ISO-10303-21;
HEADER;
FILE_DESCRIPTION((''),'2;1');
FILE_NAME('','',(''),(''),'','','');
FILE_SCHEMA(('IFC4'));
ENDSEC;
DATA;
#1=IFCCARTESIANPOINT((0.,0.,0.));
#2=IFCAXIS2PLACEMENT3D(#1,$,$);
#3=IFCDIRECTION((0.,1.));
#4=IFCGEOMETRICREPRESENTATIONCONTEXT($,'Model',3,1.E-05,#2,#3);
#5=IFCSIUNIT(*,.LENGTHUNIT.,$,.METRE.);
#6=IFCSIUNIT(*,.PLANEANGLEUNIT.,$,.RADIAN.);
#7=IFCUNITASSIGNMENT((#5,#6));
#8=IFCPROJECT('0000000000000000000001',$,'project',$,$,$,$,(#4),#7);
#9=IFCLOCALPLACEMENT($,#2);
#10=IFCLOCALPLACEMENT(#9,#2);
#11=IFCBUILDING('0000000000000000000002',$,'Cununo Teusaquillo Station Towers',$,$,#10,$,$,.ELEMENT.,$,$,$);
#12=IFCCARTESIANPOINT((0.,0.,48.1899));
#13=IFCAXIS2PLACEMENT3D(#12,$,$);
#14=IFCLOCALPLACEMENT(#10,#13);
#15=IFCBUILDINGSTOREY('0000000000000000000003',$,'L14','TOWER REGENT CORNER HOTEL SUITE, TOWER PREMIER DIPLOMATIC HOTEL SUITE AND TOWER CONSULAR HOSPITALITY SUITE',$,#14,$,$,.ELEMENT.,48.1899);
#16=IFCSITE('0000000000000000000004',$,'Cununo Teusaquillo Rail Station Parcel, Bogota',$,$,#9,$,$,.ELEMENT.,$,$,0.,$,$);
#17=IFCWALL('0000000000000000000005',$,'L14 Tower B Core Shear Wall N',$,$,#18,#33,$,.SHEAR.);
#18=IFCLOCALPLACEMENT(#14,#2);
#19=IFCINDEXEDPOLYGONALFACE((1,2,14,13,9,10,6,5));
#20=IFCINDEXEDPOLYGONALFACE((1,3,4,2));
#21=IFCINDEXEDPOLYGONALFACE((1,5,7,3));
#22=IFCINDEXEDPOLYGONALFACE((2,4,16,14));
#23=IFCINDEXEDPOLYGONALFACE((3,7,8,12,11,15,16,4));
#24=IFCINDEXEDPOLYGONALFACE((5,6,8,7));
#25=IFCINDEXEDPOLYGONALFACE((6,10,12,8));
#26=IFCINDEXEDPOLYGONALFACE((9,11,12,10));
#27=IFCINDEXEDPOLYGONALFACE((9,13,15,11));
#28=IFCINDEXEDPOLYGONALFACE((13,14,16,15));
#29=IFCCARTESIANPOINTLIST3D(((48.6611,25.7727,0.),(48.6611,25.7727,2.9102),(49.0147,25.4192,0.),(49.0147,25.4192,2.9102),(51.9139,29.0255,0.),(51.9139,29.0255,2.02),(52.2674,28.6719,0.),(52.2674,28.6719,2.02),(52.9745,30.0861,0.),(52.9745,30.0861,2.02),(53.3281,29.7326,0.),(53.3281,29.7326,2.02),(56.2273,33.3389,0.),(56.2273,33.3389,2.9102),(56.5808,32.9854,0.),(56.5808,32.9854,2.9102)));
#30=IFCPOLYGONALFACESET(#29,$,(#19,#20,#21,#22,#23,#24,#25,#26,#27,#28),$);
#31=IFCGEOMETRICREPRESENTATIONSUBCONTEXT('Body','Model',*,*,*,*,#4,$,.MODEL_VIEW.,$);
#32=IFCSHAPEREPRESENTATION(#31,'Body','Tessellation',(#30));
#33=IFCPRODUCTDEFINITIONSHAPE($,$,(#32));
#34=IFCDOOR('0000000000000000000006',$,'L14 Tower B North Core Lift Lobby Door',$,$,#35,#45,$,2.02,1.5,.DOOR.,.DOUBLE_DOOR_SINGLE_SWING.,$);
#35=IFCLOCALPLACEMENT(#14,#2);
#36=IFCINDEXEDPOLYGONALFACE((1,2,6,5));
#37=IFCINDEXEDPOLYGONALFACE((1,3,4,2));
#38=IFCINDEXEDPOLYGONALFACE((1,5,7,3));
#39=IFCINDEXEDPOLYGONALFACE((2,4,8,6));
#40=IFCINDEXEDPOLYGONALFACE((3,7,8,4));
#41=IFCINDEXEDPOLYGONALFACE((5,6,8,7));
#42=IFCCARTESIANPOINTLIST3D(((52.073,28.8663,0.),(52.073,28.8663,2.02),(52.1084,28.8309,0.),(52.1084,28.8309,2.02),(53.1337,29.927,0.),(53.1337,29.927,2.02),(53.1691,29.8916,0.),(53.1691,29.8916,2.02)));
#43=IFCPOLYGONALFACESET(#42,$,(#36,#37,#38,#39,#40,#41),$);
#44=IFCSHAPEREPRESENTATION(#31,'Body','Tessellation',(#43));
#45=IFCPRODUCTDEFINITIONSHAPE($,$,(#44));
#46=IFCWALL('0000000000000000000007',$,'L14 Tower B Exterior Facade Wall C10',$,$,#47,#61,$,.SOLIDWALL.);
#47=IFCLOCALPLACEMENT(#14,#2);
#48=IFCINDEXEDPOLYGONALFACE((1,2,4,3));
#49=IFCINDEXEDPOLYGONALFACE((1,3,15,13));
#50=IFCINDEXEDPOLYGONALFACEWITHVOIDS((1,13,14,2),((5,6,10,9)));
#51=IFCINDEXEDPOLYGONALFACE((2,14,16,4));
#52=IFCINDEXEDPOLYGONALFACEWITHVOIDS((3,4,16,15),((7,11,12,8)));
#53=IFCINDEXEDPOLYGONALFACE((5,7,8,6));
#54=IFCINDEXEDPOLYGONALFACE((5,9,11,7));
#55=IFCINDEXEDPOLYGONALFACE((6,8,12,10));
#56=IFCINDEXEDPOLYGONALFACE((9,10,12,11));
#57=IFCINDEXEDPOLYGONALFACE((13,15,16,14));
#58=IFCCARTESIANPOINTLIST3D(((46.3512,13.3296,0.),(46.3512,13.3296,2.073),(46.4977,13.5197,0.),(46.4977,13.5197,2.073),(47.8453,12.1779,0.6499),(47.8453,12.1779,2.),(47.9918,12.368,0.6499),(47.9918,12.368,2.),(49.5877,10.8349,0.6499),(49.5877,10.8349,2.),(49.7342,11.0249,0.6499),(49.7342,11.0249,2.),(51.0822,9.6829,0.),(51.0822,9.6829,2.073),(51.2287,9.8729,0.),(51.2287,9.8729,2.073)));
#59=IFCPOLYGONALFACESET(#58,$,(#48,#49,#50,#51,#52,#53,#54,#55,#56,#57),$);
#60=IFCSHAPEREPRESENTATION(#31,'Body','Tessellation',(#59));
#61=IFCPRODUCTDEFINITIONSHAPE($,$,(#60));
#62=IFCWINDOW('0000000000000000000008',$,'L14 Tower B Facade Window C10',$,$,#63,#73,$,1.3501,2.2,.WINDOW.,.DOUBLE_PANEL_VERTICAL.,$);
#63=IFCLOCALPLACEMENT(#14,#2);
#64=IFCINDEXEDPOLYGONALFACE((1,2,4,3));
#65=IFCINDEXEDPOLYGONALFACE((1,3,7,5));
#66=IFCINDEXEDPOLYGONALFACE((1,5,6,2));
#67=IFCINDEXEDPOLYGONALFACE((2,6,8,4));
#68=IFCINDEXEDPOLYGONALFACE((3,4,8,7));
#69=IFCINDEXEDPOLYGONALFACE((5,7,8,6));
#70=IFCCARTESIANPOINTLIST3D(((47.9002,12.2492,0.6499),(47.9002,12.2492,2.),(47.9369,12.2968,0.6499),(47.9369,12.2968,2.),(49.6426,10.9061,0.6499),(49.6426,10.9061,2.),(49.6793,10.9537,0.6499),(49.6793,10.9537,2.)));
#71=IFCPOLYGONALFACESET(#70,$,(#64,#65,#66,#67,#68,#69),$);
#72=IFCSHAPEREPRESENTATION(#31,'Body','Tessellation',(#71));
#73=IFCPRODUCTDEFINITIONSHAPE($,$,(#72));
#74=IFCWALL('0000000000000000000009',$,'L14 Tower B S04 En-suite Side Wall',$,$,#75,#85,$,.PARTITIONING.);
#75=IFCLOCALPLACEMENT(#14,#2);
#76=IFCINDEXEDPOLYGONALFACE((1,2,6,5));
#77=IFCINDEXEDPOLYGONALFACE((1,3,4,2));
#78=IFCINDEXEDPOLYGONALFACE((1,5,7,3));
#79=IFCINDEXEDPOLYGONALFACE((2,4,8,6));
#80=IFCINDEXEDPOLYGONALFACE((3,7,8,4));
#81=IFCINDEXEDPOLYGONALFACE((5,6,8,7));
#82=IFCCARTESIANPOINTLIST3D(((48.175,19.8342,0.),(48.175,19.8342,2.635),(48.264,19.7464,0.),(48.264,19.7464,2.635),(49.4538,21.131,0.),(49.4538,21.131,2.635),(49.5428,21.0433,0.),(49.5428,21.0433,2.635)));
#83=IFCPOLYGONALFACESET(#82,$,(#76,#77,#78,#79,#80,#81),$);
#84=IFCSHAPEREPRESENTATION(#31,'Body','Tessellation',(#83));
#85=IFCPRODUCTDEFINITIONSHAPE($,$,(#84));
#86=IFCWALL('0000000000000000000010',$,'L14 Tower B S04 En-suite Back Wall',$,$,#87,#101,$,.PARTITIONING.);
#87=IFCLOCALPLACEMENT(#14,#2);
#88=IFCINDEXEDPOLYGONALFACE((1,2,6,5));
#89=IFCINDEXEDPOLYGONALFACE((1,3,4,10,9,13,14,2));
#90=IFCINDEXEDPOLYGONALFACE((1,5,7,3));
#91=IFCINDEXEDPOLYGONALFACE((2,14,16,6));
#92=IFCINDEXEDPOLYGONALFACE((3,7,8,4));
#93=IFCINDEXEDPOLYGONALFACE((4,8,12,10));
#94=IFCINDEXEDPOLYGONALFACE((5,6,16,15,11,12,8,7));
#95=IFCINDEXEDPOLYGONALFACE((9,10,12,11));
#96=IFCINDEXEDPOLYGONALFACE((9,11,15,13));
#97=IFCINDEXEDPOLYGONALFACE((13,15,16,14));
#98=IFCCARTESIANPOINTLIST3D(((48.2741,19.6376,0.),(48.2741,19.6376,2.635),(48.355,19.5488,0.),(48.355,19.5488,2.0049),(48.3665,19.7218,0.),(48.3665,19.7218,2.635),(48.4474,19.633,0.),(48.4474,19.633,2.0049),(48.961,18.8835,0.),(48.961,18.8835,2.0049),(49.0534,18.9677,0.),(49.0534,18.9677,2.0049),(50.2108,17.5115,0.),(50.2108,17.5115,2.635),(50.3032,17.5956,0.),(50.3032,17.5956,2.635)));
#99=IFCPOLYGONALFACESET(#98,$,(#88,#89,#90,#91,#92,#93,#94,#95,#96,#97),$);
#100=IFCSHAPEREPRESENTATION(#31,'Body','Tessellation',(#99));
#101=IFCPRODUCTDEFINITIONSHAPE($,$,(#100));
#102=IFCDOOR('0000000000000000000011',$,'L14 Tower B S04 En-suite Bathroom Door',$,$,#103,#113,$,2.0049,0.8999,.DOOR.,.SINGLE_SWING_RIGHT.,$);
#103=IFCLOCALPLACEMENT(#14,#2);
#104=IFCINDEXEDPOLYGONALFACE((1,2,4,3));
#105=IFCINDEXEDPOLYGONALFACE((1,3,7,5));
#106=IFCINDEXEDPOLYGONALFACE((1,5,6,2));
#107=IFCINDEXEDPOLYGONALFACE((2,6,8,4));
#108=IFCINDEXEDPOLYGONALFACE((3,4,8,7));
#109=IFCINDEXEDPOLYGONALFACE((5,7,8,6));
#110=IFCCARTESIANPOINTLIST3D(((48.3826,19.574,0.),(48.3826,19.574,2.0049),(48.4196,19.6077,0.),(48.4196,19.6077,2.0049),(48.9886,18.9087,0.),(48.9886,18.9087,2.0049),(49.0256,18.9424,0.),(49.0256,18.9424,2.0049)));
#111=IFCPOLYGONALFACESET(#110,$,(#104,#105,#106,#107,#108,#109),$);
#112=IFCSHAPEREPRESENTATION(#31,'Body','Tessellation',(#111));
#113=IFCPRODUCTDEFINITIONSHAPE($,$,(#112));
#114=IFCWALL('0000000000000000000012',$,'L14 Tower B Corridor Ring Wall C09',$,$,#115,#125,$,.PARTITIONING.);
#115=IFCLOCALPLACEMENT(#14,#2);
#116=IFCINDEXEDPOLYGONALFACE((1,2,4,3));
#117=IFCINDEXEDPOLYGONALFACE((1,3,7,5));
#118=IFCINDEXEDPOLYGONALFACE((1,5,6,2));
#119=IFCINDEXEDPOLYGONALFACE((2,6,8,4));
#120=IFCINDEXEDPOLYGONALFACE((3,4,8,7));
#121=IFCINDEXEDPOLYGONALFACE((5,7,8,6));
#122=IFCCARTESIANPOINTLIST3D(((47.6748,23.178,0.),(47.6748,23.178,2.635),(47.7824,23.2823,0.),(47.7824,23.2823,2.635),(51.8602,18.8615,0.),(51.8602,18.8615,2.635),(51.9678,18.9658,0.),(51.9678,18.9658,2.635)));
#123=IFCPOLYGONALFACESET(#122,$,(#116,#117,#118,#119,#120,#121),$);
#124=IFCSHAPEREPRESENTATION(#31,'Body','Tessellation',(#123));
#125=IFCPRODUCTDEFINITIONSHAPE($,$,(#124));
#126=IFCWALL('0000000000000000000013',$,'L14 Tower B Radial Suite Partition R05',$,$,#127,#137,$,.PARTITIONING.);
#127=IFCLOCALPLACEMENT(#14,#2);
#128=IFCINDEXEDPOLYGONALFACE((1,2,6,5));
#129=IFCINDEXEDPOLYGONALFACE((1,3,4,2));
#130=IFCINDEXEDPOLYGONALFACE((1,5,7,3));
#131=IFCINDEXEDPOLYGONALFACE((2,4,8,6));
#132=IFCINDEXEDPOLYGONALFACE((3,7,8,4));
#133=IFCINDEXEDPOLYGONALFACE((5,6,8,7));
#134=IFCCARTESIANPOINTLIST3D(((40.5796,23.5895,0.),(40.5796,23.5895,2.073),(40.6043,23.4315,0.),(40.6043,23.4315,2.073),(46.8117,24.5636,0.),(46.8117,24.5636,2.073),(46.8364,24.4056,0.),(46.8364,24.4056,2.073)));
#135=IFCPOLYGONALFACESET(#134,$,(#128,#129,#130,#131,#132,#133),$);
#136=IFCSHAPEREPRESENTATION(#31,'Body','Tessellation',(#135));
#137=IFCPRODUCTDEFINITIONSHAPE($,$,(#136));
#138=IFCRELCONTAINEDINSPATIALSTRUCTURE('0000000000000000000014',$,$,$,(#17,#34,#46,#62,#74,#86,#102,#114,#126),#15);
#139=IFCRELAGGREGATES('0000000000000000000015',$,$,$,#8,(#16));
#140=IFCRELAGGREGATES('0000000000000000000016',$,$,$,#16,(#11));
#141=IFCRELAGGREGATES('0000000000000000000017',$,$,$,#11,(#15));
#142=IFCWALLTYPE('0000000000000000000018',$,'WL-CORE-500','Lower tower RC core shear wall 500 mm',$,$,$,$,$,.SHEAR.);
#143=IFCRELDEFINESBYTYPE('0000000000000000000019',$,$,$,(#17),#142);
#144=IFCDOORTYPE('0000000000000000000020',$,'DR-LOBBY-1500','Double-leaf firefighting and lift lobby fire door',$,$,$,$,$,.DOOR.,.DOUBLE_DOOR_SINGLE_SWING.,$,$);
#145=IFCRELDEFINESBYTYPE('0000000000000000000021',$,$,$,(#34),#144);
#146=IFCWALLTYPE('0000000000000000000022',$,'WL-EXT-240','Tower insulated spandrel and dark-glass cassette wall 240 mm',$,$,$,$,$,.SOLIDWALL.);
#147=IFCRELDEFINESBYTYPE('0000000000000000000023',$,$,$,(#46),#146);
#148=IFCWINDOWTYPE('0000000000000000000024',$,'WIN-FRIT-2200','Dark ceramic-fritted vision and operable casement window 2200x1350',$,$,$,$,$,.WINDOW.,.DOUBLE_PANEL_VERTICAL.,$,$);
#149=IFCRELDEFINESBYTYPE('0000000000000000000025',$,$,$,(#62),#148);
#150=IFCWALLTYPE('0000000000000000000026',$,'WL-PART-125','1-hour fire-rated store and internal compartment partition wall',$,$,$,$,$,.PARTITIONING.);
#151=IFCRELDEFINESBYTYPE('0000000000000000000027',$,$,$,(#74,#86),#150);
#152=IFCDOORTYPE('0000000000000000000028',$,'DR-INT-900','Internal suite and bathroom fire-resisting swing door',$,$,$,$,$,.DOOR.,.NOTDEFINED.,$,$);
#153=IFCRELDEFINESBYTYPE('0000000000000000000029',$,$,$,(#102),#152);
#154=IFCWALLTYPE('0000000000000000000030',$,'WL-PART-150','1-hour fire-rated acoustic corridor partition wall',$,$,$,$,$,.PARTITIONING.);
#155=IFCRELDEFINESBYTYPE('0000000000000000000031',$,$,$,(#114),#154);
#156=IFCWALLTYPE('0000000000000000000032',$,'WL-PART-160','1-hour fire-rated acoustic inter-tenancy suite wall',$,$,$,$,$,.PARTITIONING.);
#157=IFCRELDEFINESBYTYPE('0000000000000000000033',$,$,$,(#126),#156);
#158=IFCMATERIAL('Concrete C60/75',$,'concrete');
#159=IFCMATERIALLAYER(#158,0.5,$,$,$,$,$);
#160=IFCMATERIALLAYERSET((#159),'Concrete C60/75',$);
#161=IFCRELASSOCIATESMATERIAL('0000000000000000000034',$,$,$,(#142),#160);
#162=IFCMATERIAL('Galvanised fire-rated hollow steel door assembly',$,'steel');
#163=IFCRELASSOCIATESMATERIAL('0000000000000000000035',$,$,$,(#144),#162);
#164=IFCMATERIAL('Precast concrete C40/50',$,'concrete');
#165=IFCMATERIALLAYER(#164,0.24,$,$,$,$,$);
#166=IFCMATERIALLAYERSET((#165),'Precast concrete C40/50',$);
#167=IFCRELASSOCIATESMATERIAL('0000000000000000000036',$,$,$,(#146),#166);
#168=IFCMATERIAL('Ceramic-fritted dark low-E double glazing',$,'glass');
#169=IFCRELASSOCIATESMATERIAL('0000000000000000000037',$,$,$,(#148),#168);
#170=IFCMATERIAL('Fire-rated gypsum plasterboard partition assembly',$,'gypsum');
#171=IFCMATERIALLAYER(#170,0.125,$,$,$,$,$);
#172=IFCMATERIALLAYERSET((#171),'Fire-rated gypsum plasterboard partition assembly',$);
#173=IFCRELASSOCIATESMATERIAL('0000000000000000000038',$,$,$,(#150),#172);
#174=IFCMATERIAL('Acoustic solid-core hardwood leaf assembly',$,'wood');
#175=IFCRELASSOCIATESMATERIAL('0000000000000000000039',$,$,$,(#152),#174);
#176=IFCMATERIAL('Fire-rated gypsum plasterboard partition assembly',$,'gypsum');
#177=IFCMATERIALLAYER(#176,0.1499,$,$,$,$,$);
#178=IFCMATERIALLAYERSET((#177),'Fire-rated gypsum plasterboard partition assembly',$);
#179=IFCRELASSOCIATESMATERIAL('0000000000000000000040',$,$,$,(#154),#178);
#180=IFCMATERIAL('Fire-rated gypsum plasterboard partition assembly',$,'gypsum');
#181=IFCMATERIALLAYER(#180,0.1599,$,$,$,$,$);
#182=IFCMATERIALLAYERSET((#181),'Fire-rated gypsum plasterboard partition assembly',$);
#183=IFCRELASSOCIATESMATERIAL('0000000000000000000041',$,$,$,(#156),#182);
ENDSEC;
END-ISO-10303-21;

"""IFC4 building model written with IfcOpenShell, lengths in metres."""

from ifc_helpers import new_model, si_unit, direction, frame, frame_2d, origin, place, context, subcontext, project, spatial, rectangle, extrude, source, transform, mapped, material, layer, layer_set, type_object, element, fill, save


model = new_model("IFC4")

# Units and contexts
model_context = context("Model", 3, precision=1e-05, world=origin(), true_north=direction((0.0, 1.0)))
body_context = subcontext(model_context, "Body", "Model", "MODEL_VIEW")
ifc_project = project(units=[si_unit("LENGTHUNIT", "METRE"), si_unit("PLANEANGLEUNIT", "RADIAN")], contexts=[model_context])

# Site, building, storey
site_placement = place(None, origin())
site = spatial("IfcSite", under=ifc_project, at=site_placement, Name="Cununo Teusaquillo Rail Station Parcel, Bogota", CompositionType="ELEMENT", RefElevation=0.0)
building_placement = place(site_placement, origin())
building = spatial("IfcBuilding", under=site, at=building_placement, Name="Cununo Teusaquillo Station Towers", CompositionType="ELEMENT")
storey_placement = place(building_placement, frame((0.0, 0.0, 48.1899)))
storey = spatial("IfcBuildingStorey", under=building, at=storey_placement, Name="L14", Description="TOWER REGENT CORNER HOTEL SUITE, TOWER PREMIER DIPLOMATIC HOTEL SUITE AND TOWER CONSULAR HOSPITALITY SUITE", CompositionType="ELEMENT", Elevation=48.1899)

# Wall, opening, door
ifc_material_1 = material(Name="Concrete C60/75", Category="concrete")
ifc_layer_1 = layer(ifc_material_1, 0.5)
ifc_layer_set_1 = layer_set([ifc_layer_1], Name="Concrete C60/75")
wall_type_1 = type_object("IfcWallType", Name="WL-CORE-500", Description="Lower tower RC core shear wall 500 mm", PredefinedType="SHEAR", material=ifc_layer_set_1)
wall_1_placement = place(storey_placement, frame((48.8379, 25.5959, 0.0), z_axis=(0.0, 0.0, 1.0), x_axis=(0.707107, 0.707107, 0.0)))
wall_1 = element("IfcWall", 1, at=wall_1_placement, inside=storey, type_object=wall_type_1, Name="L14 Tower B Core Shear Wall N", PredefinedType="SHEAR", context=body_context, shape_type="SweptSolid", body=[
    extrude(rectangle(XDim=10.7002, YDim=0.5, at=frame_2d((5.3501, 0.0))), origin(), (0.0, 0.0, 1.0), 2.9102),
])
shared_shape_1 = source(origin(), body_context, "Body", "SweptSolid", [
    extrude(rectangle(XDim=1.5, YDim=2.02, at=frame_2d((0.75, 1.01))), frame((0.0, 0.26, 0.0), z_axis=(0.0, -1.0, 0.0), x_axis=(1.0, 0.0, 0.0)), (0.0, 0.0, 1.0), 0.52),
])
opening_1_placement = place(wall_1_placement, frame((4.6001, 0.0, 0.0)))
opening_1 = element("IfcOpeningElement", 2, at=opening_1_placement, cuts=wall_1, PredefinedType="OPENING", context=body_context, shape_type="MappedRepresentation", body=[
    mapped(shared_shape_1, transform((0.0, 0.0, 0.0), x_axis=(1.0, 0.0, 0.0), y_axis=(0.0, 1.0, 0.0), z_axis=(0.0, 0.0, 1.0), scale=1.0)),
])
ifc_material_2 = material(Name="Galvanised fire-rated hollow steel door assembly", Category="steel")
door_type_1 = type_object("IfcDoorType", Name="DR-LOBBY-1500", Description="Double-leaf firefighting and lift lobby fire door", OperationType="DOUBLE_DOOR_SINGLE_SWING", PredefinedType="DOOR", material=ifc_material_2)
shared_shape_2 = source(origin(), body_context, "Body", "SweptSolid", [
    extrude(rectangle(XDim=1.5, YDim=2.02, at=frame_2d((0.75, 1.01))), frame((0.0, 0.0249, 0.0), z_axis=(0.0, -1.0, 0.0), x_axis=(1.0, 0.0, 0.0)), (0.0, 0.0, 1.0), 0.05),
])
door_1_placement = place(opening_1_placement, origin())
door_1 = element("IfcDoor", 3, at=door_1_placement, inside=storey, type_object=door_type_1, Name="L14 Tower B North Core Lift Lobby Door", OperationType="DOUBLE_DOOR_SINGLE_SWING", OverallHeight=2.02, OverallWidth=1.5, PredefinedType="DOOR", context=body_context, shape_type="MappedRepresentation", body=[
    mapped(shared_shape_2, transform((0.0, 0.0, 0.0), x_axis=(1.0, 0.0, 0.0), y_axis=(0.0, 1.0, 0.0), z_axis=(0.0, 0.0, 1.0), scale=1.0)),
])
fill(opening_1, door_1)

# Wall, opening, window
ifc_material_3 = material(Name="Precast concrete C40/50", Category="concrete")
ifc_layer_2 = layer(ifc_material_3, 0.24)
ifc_layer_set_2 = layer_set([ifc_layer_2], Name="Precast concrete C40/50")
wall_type_2 = type_object("IfcWallType", Name="WL-EXT-240", Description="Tower insulated spandrel and dark-glass cassette wall 240 mm", PredefinedType="SOLIDWALL", material=ifc_layer_set_2)
wall_2_placement = place(storey_placement, frame((51.1555, 9.7778, 0.0), z_axis=(0.0, 0.0, 1.0), x_axis=(-0.792014, 0.610503, 0.0)))
wall_2 = element("IfcWall", 4, at=wall_2_placement, inside=storey, type_object=wall_type_2, Name="L14 Tower B Exterior Facade Wall C10", PredefinedType="SOLIDWALL", context=body_context, shape_type="SweptSolid", body=[
    extrude(rectangle(XDim=5.9734, YDim=0.24, at=frame_2d((2.9868, 0.0))), origin(), (0.0, 0.0, 1.0), 2.073),
])
shared_shape_3 = source(origin(), body_context, "Body", "SweptSolid", [
    extrude(rectangle(XDim=2.2, YDim=1.3501, at=frame_2d((1.1001, 0.675))), frame((0.0, 0.1299, 0.0), z_axis=(0.0, -1.0, 0.0), x_axis=(1.0, 0.0, 0.0)), (0.0, 0.0, 1.0), 0.26),
])
opening_2_placement = place(wall_2_placement, frame((1.887, 0.0, 0.6499)))
opening_2 = element("IfcOpeningElement", 5, at=opening_2_placement, cuts=wall_2, PredefinedType="OPENING", context=body_context, shape_type="MappedRepresentation", body=[
    mapped(shared_shape_3, transform((0.0, 0.0, 0.0), x_axis=(1.0, 0.0, 0.0), y_axis=(0.0, 1.0, 0.0), z_axis=(0.0, 0.0, 1.0), scale=1.0)),
])
ifc_material_4 = material(Name="Ceramic-fritted dark low-E double glazing", Category="glass")
window_type = type_object("IfcWindowType", Name="WIN-FRIT-2200", Description="Dark ceramic-fritted vision and operable casement window 2200x1350", PartitioningType="DOUBLE_PANEL_VERTICAL", PredefinedType="WINDOW", material=ifc_material_4)
shared_shape_4 = source(origin(), body_context, "Body", "SweptSolid", [
    extrude(rectangle(XDim=2.2, YDim=1.3501, at=frame_2d((1.1001, 0.675))), frame((0.0, 0.03, 0.0), z_axis=(0.0, -1.0, 0.0), x_axis=(1.0, 0.0, 0.0)), (0.0, 0.0, 1.0), 0.0601),
])
window_placement = place(opening_2_placement, origin())
window = element("IfcWindow", 6, at=window_placement, inside=storey, type_object=window_type, Name="L14 Tower B Facade Window C10", OverallHeight=1.3501, OverallWidth=2.2, PartitioningType="DOUBLE_PANEL_VERTICAL", PredefinedType="WINDOW", context=body_context, shape_type="MappedRepresentation", body=[
    mapped(shared_shape_4, transform((0.0, 0.0, 0.0), x_axis=(1.0, 0.0, 0.0), y_axis=(0.0, 1.0, 0.0), z_axis=(0.0, 0.0, 1.0), scale=1.0)),
])
fill(opening_2, window)

# Wall
ifc_material_5 = material(Name="Fire-rated gypsum plasterboard partition assembly", Category="gypsum")
ifc_layer_3 = layer(ifc_material_5, 0.125)
ifc_layer_set_3 = layer_set([ifc_layer_3], Name="Fire-rated gypsum plasterboard partition assembly")
wall_type_3 = type_object("IfcWallType", Name="WL-PART-125", Description="1-hour fire-rated store and internal compartment partition wall", PredefinedType="PARTITIONING", material=ifc_layer_set_3)
wall_3_placement = place(storey_placement, frame((49.4983, 21.0872, 0.0), z_axis=(0.0, 0.0, 1.0), x_axis=(-0.70213, -0.712049, 0.0)))
element("IfcWall", 7, at=wall_3_placement, inside=storey, type_object=wall_type_3, Name="L14 Tower B S04 En-suite Side Wall", PredefinedType="PARTITIONING", context=body_context, shape_type="SweptSolid", body=[
    extrude(rectangle(XDim=1.8213, YDim=0.125, at=frame_2d((0.9106, 0.0))), origin(), (0.0, 0.0, 1.0), 2.635),
])

# Wall, opening, door
wall_4_placement = place(storey_placement, frame((48.3203, 19.6797, 0.0), z_axis=(0.0, 0.0, 1.0), x_axis=(0.673403, -0.739275, 0.0)))
wall_4 = element("IfcWall", 8, at=wall_4_placement, inside=storey, type_object=wall_type_3, Name="L14 Tower B S04 En-suite Back Wall", PredefinedType="PARTITIONING", context=body_context, shape_type="SweptSolid", body=[
    extrude(rectangle(XDim=2.876, YDim=0.125, at=frame_2d((1.438, 0.0))), origin(), (0.0, 0.0, 1.0), 2.635),
])
shared_shape_5 = source(origin(), body_context, "Body", "SweptSolid", [
    extrude(rectangle(XDim=0.8999, YDim=2.0049, at=frame_2d((0.45, 1.0024))), frame((0.0, 0.0725, 0.0), z_axis=(0.0, -1.0, 0.0), x_axis=(1.0, 0.0, 0.0)), (0.0, 0.0, 1.0), 0.145),
])
opening_3_placement = place(wall_4_placement, frame((0.1201, 0.0, 0.0)))
opening_3 = element("IfcOpeningElement", 9, at=opening_3_placement, cuts=wall_4, PredefinedType="OPENING", context=body_context, shape_type="MappedRepresentation", body=[
    mapped(shared_shape_5, transform((0.0, 0.0, 0.0), x_axis=(1.0, 0.0, 0.0), y_axis=(0.0, 1.0, 0.0), z_axis=(0.0, 0.0, 1.0), scale=1.0)),
])
ifc_material_6 = material(Name="Acoustic solid-core hardwood leaf assembly", Category="wood")
door_type_2 = type_object("IfcDoorType", Name="DR-INT-900", Description="Internal suite and bathroom fire-resisting swing door", OperationType="NOTDEFINED", PredefinedType="DOOR", material=ifc_material_6)
shared_shape_6 = source(origin(), body_context, "Body", "SweptSolid", [
    extrude(rectangle(XDim=0.8999, YDim=2.0049, at=frame_2d((0.45, 1.0024))), frame((0.0, 0.0249, 0.0), z_axis=(0.0, -1.0, 0.0), x_axis=(1.0, 0.0, 0.0)), (0.0, 0.0, 1.0), 0.05),
])
door_2_placement = place(opening_3_placement, origin())
door_2 = element("IfcDoor", 10, at=door_2_placement, inside=storey, type_object=door_type_2, Name="L14 Tower B S04 En-suite Bathroom Door", OperationType="SINGLE_SWING_RIGHT", OverallHeight=2.0049, OverallWidth=0.8999, PredefinedType="DOOR", context=body_context, shape_type="MappedRepresentation", body=[
    mapped(shared_shape_6, transform((0.0, 0.0, 0.0), x_axis=(1.0, 0.0, 0.0), y_axis=(0.0, 1.0, 0.0), z_axis=(0.0, 0.0, 1.0), scale=1.0)),
])
fill(opening_3, door_2)

# Walls
ifc_material_7 = material(Name="Fire-rated gypsum plasterboard partition assembly", Category="gypsum")
ifc_layer_4 = layer(ifc_material_7, 0.1499)
ifc_layer_set_4 = layer_set([ifc_layer_4], Name="Fire-rated gypsum plasterboard partition assembly")
wall_type_4 = type_object("IfcWallType", Name="WL-PART-150", Description="1-hour fire-rated acoustic corridor partition wall", PredefinedType="PARTITIONING", material=ifc_layer_set_4)
wall_5_placement = place(storey_placement, frame((47.7285, 23.2302, 0.0), z_axis=(0.0, 0.0, 1.0), x_axis=(0.69612, -0.717926, 0.0)))
element("IfcWall", 11, at=wall_5_placement, inside=storey, type_object=wall_type_4, Name="L14 Tower B Corridor Ring Wall C09", PredefinedType="PARTITIONING", context=body_context, shape_type="SweptSolid", body=[
    extrude(rectangle(XDim=6.0125, YDim=0.1499, at=frame_2d((3.0063, 0.0))), origin(), (0.0, 0.0, 1.0), 2.635),
])
ifc_material_8 = material(Name="Fire-rated gypsum plasterboard partition assembly", Category="gypsum")
ifc_layer_5 = layer(ifc_material_8, 0.1599)
ifc_layer_set_5 = layer_set([ifc_layer_5], Name="Fire-rated gypsum plasterboard partition assembly")
wall_type_5 = type_object("IfcWallType", Name="WL-PART-160", Description="1-hour fire-rated acoustic inter-tenancy suite wall", PredefinedType="PARTITIONING", material=ifc_layer_set_5)
wall_6_placement = place(storey_placement, frame((46.824, 24.4846, 0.0), z_axis=(0.0, 0.0, 1.0), x_axis=(-0.988004, -0.15443, 0.0)))
element("IfcWall", 12, at=wall_6_placement, inside=storey, type_object=wall_type_5, Name="L14 Tower B Radial Suite Partition R05", PredefinedType="PARTITIONING", context=body_context, shape_type="SweptSolid", body=[
    extrude(rectangle(XDim=6.3079, YDim=0.1599, at=frame_2d((3.1538, 0.0))), origin(), (0.0, 0.0, 1.0), 2.073),
])

save(model, "model.ifc")
